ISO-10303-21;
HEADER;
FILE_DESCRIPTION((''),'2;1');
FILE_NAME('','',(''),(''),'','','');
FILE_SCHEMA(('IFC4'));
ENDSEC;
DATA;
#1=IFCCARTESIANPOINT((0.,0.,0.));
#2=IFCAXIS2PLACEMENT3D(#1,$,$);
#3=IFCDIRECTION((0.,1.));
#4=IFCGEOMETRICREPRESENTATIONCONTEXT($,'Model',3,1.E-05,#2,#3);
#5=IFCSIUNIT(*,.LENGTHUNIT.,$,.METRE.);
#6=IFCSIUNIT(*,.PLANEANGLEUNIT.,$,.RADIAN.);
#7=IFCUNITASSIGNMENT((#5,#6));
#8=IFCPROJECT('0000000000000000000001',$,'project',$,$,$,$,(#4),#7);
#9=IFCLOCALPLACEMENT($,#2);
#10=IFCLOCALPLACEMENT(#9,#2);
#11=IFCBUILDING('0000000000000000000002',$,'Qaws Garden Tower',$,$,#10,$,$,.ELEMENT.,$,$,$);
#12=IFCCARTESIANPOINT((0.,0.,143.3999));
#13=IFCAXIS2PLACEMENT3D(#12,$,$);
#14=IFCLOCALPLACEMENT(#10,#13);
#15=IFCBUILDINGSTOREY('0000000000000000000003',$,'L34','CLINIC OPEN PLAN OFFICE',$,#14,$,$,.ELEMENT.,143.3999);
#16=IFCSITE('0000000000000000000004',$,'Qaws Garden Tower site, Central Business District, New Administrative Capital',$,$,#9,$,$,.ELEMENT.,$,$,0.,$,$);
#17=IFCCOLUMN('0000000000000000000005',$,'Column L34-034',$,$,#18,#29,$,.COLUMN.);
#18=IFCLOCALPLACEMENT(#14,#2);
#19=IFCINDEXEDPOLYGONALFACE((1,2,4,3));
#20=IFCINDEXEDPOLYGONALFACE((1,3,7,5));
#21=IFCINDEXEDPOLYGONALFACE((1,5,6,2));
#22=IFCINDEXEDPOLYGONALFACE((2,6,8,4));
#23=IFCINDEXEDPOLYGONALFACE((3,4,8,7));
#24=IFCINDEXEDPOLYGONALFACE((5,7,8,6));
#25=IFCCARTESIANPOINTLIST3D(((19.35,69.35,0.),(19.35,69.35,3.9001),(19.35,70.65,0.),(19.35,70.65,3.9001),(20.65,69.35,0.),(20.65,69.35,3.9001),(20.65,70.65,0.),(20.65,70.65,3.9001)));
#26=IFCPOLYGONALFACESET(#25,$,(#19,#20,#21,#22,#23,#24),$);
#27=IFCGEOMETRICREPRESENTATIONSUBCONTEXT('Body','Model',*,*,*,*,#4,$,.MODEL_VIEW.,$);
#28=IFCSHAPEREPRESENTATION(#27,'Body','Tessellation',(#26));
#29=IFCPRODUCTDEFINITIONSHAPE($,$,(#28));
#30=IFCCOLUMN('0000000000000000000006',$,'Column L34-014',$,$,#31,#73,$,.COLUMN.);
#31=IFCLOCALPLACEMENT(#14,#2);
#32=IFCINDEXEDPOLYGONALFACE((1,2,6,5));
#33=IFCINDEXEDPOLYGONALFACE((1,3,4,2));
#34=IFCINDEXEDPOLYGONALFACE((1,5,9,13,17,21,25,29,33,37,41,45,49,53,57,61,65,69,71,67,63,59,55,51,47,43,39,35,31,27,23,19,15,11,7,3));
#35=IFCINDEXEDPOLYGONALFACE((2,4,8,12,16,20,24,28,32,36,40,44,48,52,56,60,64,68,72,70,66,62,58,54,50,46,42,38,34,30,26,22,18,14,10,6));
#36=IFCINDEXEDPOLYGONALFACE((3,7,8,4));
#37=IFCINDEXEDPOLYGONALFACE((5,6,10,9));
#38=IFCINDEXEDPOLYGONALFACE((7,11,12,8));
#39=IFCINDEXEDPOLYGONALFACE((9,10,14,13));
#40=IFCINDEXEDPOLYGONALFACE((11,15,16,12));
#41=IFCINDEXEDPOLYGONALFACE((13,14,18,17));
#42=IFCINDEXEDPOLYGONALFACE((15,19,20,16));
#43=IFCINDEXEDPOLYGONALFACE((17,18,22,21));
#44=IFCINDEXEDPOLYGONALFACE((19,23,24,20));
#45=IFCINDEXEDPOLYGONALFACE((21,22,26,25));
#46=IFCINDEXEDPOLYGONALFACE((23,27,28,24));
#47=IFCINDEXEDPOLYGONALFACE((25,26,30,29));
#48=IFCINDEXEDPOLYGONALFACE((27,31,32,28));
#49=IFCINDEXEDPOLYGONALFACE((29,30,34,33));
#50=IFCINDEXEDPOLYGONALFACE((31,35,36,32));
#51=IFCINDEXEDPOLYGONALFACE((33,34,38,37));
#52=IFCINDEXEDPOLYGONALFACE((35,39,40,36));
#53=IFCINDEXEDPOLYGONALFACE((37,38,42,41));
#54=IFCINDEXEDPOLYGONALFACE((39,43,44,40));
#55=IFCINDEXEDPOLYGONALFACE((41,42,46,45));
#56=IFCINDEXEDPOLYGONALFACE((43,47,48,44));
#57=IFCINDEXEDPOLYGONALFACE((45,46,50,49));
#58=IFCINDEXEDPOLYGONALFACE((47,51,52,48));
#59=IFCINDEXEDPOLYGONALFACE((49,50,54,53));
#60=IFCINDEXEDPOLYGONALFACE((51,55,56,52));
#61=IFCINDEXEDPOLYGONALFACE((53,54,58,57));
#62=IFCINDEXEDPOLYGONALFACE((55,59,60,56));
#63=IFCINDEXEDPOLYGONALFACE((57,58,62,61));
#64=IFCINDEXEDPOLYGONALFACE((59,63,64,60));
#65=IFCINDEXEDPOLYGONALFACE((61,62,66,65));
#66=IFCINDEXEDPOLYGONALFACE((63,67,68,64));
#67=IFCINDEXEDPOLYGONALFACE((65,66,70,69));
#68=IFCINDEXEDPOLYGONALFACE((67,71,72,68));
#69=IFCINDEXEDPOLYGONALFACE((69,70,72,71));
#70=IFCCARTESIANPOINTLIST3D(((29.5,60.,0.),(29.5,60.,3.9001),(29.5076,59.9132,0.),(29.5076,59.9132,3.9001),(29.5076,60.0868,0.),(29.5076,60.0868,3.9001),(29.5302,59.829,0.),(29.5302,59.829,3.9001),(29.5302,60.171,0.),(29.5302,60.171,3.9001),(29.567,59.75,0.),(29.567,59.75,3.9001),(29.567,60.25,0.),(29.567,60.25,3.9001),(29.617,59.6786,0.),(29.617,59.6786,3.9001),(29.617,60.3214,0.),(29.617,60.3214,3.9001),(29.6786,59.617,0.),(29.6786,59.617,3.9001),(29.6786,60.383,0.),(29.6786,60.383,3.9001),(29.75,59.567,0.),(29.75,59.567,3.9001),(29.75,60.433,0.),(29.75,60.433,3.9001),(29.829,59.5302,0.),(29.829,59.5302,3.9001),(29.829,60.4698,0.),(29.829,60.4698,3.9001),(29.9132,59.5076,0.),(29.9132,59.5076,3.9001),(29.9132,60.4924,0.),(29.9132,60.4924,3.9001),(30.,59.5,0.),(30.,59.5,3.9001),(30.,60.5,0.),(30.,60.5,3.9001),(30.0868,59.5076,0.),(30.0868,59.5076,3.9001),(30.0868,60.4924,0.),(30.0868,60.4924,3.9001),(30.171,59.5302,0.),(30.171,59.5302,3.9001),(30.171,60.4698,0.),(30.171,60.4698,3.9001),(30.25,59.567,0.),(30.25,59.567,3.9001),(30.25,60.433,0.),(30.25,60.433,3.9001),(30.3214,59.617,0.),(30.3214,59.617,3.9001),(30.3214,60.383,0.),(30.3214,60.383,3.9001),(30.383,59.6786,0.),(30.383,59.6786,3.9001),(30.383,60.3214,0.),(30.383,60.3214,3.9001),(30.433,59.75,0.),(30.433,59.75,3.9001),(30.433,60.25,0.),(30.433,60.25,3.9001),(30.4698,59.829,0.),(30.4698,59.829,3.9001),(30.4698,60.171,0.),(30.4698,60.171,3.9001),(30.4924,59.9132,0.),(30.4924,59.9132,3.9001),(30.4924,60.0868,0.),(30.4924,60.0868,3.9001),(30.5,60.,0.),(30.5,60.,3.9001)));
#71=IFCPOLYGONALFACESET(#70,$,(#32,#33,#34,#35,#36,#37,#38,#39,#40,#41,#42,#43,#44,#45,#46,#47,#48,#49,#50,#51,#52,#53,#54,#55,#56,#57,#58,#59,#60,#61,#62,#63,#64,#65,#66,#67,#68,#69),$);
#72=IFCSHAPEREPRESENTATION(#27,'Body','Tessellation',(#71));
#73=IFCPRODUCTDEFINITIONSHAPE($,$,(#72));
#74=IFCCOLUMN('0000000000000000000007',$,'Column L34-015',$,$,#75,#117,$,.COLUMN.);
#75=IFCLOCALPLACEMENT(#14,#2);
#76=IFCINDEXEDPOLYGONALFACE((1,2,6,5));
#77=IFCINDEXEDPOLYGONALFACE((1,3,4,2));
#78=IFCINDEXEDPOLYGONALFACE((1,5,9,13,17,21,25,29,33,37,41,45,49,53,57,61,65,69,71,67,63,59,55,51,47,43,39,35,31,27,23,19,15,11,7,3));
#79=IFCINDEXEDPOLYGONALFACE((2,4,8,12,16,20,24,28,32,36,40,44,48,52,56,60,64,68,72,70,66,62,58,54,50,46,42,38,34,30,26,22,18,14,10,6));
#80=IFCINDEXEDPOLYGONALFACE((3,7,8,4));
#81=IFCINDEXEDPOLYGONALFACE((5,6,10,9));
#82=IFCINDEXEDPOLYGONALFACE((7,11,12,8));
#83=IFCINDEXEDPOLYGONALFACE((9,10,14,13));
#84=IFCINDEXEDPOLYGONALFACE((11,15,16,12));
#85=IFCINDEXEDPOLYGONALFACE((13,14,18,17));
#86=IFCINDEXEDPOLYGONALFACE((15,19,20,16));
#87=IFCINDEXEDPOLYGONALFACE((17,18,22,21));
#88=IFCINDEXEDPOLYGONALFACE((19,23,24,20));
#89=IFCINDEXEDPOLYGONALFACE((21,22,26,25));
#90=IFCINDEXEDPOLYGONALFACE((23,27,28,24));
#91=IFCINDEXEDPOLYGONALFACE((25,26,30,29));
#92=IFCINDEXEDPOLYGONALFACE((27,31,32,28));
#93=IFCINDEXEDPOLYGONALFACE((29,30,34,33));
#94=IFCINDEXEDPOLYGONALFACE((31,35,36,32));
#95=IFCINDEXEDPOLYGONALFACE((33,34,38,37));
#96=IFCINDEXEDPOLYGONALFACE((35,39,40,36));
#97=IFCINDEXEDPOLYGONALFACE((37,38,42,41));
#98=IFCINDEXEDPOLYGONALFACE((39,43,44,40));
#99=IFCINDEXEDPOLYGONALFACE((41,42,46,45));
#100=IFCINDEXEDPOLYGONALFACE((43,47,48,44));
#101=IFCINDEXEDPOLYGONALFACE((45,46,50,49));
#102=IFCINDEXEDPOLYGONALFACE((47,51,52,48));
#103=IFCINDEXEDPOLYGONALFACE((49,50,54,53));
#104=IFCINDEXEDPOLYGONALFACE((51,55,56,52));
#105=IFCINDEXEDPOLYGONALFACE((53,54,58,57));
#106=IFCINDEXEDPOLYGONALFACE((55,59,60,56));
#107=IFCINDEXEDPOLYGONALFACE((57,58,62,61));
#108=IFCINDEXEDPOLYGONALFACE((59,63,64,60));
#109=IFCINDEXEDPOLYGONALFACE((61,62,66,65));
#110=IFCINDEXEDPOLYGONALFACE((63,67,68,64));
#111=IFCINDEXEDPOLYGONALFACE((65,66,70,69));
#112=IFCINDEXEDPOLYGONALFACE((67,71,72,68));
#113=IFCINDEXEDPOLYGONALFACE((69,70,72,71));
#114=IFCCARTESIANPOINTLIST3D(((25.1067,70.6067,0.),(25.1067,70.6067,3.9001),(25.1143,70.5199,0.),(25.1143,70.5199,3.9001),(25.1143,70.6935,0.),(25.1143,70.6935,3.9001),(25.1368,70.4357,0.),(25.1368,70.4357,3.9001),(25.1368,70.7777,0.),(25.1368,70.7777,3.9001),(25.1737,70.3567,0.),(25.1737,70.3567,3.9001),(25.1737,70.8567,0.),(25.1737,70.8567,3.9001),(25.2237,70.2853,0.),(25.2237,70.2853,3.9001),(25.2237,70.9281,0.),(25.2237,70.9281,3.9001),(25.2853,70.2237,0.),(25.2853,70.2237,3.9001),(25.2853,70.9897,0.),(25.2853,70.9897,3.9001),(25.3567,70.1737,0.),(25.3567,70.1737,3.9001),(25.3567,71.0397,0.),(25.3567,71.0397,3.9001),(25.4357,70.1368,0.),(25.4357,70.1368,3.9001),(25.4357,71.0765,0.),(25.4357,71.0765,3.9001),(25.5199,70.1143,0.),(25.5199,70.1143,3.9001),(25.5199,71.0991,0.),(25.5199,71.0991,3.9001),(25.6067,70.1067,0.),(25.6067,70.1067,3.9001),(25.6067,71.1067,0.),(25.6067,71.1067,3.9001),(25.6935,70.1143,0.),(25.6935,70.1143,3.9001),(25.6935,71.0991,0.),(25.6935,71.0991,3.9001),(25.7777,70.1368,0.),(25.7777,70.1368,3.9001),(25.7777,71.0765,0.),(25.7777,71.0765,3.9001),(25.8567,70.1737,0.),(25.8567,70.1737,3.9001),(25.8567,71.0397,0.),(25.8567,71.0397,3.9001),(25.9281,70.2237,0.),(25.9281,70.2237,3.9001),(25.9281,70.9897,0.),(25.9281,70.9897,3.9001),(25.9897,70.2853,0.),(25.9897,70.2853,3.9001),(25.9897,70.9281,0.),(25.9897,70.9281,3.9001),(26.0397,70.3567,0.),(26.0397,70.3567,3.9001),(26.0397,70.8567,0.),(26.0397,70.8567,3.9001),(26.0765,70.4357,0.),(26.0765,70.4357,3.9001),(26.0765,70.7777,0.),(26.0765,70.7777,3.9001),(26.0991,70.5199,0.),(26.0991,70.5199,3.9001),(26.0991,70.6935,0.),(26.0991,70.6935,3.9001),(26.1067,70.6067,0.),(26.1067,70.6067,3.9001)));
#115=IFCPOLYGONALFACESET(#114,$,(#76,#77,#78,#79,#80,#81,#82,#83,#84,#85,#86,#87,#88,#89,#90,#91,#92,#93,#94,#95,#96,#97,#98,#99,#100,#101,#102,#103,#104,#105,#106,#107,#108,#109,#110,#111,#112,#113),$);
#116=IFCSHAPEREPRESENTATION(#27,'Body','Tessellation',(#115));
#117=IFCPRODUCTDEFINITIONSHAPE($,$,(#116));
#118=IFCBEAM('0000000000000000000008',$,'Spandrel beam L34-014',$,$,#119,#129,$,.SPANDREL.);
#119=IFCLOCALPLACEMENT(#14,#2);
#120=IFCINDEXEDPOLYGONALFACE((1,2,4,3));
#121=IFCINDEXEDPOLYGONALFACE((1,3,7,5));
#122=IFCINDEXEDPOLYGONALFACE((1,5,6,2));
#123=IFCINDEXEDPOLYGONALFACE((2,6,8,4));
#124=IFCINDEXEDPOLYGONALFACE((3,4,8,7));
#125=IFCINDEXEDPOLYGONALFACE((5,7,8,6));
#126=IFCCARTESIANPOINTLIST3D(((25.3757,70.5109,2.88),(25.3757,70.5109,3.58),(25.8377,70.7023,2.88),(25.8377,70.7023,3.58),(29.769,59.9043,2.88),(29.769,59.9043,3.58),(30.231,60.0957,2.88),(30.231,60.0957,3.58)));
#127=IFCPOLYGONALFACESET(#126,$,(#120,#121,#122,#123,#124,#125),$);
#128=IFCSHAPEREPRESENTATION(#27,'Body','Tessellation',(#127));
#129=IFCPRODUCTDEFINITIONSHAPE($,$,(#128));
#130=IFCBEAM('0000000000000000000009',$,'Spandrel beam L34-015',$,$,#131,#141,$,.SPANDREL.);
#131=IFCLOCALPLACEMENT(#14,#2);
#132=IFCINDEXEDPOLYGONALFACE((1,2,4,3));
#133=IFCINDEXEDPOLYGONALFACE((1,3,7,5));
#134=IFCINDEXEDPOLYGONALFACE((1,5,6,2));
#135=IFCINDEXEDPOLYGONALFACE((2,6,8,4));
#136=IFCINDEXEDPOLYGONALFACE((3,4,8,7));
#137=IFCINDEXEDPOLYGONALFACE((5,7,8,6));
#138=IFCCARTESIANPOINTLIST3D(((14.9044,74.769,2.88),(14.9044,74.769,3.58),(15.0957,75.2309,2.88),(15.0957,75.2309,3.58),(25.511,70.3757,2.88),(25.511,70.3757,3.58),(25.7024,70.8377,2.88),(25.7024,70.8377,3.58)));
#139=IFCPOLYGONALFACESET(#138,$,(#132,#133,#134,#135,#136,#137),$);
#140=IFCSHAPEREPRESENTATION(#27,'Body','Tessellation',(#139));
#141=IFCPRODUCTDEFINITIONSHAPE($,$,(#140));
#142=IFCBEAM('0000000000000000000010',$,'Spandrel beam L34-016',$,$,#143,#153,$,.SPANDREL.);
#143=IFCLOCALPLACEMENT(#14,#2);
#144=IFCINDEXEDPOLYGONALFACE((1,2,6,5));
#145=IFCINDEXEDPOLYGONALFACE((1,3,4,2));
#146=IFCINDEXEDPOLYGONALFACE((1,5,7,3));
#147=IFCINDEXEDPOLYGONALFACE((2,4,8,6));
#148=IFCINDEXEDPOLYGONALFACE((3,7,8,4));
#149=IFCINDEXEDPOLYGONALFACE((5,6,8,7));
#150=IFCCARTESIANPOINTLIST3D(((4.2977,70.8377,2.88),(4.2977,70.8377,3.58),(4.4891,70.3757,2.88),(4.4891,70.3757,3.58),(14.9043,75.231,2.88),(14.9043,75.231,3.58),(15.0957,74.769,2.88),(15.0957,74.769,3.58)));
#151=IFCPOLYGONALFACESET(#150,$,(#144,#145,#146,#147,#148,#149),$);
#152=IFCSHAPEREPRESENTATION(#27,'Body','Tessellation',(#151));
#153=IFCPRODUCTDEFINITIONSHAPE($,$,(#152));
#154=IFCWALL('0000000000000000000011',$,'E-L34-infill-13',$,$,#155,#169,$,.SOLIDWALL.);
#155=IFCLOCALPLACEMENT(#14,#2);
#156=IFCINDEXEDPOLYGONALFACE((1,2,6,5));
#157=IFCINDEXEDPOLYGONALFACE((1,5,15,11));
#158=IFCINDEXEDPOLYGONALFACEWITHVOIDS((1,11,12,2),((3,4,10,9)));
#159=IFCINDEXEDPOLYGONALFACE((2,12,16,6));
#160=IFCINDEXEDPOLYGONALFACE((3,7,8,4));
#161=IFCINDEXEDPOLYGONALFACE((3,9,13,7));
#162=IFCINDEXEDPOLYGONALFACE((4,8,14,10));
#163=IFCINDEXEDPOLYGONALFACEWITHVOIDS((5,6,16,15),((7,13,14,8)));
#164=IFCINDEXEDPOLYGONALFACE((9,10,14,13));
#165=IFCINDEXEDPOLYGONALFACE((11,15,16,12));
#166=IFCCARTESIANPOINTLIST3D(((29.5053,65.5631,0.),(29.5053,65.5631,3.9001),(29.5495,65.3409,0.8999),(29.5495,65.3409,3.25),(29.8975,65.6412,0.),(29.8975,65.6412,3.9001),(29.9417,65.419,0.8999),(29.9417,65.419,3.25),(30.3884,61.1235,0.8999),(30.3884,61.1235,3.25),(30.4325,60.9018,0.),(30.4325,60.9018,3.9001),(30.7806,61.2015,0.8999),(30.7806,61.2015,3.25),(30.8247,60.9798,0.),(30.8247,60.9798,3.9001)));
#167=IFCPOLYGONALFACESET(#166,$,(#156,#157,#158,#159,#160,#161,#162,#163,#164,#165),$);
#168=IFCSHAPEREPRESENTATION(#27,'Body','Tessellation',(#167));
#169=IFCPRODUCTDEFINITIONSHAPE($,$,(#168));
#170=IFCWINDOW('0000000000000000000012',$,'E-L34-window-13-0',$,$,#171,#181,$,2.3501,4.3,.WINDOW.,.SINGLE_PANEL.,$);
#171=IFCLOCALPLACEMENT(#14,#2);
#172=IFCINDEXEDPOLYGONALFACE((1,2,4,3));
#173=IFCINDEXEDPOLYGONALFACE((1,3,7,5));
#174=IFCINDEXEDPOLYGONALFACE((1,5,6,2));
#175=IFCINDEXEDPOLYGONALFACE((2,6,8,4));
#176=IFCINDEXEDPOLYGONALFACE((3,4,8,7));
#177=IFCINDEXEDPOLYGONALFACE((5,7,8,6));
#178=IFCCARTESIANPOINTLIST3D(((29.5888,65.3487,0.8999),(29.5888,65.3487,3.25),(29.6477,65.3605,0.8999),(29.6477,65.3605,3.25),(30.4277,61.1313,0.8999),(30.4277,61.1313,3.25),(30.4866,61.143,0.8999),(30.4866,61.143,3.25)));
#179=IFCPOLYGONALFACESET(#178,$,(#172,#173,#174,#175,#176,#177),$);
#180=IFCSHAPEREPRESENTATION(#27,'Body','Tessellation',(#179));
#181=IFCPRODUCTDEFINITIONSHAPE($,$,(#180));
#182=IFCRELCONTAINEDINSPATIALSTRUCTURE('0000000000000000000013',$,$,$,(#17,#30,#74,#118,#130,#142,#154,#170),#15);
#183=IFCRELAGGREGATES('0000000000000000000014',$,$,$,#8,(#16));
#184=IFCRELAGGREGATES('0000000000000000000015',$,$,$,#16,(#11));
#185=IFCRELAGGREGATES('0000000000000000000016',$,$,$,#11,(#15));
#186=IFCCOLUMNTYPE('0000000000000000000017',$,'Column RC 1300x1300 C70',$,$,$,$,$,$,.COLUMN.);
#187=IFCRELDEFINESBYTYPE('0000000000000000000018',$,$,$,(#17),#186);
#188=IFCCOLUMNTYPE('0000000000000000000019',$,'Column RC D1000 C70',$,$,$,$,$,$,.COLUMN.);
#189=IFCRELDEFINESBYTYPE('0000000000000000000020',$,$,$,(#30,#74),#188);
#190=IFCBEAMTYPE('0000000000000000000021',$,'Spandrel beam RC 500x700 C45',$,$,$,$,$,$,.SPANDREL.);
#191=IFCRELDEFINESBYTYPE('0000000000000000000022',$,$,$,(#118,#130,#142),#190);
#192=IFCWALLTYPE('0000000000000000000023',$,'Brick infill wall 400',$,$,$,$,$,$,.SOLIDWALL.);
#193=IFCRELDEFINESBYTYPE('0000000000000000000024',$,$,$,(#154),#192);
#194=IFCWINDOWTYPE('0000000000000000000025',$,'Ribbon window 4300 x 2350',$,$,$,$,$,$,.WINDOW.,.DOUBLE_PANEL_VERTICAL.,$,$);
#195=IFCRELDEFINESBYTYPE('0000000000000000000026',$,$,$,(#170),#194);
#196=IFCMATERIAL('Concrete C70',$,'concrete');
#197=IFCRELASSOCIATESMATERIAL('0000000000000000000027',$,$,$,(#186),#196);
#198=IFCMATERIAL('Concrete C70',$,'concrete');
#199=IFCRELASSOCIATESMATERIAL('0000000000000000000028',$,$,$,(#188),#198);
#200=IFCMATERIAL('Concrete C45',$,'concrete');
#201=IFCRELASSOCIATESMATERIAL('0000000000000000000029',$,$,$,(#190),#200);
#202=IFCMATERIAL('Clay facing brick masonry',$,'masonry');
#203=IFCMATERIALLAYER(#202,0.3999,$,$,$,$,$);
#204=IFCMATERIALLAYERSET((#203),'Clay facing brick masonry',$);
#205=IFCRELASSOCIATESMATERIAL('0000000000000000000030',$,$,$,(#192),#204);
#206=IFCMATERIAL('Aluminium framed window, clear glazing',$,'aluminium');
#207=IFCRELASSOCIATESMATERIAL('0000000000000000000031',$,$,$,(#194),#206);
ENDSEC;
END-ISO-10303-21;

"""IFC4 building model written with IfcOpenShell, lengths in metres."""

from ifc_helpers import new_model, si_unit, direction, frame, frame_2d, origin, origin_2d, place, context, subcontext, project, spatial, rectangle, circle, extrude, material, layer, layer_set, material_profile, profile_set, type_object, element, fill, save


model = new_model("IFC4")

# Units and contexts
model_context = context("Model", 3, precision=1e-05, world=origin(), true_north=direction((0.0, 1.0)))
body_context = subcontext(model_context, "Body", "Model", "MODEL_VIEW")
ifc_project = project(units=[si_unit("LENGTHUNIT", "METRE"), si_unit("PLANEANGLEUNIT", "RADIAN")], contexts=[model_context])

# Site, building, storey
site_placement = place(None, origin())
site = spatial("IfcSite", under=ifc_project, at=site_placement, Name="Qaws Garden Tower site, Central Business District, New Administrative Capital", CompositionType="ELEMENT", RefElevation=0.0)
building_placement = place(site_placement, origin())
building = spatial("IfcBuilding", under=site, at=building_placement, Name="Qaws Garden Tower", CompositionType="ELEMENT")
storey_placement = place(building_placement, frame((0.0, 0.0, 143.3999)))
storey = spatial("IfcBuildingStorey", under=building, at=storey_placement, Name="L34", Description="CLINIC OPEN PLAN OFFICE", CompositionType="ELEMENT", Elevation=143.3999)

# Columns
ifc_material_1 = material(Name="Concrete C70", Category="concrete")
ifc_material_profile_1 = material_profile(ifc_material_1, rectangle(XDim=1.3, YDim=1.3, at=origin_2d()), Name="RC 1300x1300")
ifc_profile_set_1 = profile_set([ifc_material_profile_1], Name="Concrete C70")
column_type_1 = type_object("IfcColumnType", Name="Column RC 1300x1300 C70", PredefinedType="COLUMN", material=ifc_profile_set_1)
column_placement = place(storey_placement, frame((20.0, 70.0, 0.0), z_axis=(0.0, 0.0, 1.0), x_axis=(1.0, 0.0, 0.0)))
element("IfcColumn", 1, at=column_placement, inside=storey, type_object=column_type_1, Name="Column L34-034", PredefinedType="COLUMN", context=body_context, shape_type="SweptSolid", body=[
    extrude(rectangle(XDim=1.3, YDim=1.3, at=origin_2d()), origin(), (0.0, 0.0, 1.0), 3.9001),
])
ifc_material_2 = material(Name="Concrete C70", Category="concrete")
ifc_material_profile_2 = material_profile(ifc_material_2, circle(Radius=0.5, at=origin_2d()), Name="RC D1000")
ifc_profile_set_2 = profile_set([ifc_material_profile_2], Name="Concrete C70")
column_type_2 = type_object("IfcColumnType", Name="Column RC D1000 C70", PredefinedType="COLUMN", material=ifc_profile_set_2)
for number, where, z_axis, x_axis, name in (
    (2, (30.0, 60.0, 0.0), (0.0, 0.0, 1.0), (1.0, 0.0, 0.0), "Column L34-014"),
    (3, (25.6067, 70.6067, 0.0), (0.0, 0.0, 1.0), (1.0, 0.0, 0.0), "Column L34-015"),
):
    element("IfcColumn", number, at=place(storey_placement, frame(where, z_axis=z_axis, x_axis=x_axis)), inside=storey, type_object=column_type_2, Name=name, PredefinedType="COLUMN", context=body_context, shape_type="SweptSolid", body=[
        extrude(circle(Radius=0.5, at=origin_2d()), origin(), (0.0, 0.0, 1.0), 3.9001),
    ])

# Beams
ifc_material_3 = material(Name="Concrete C45", Category="concrete")
ifc_material_profile_3 = material_profile(ifc_material_3, rectangle(XDim=0.5, YDim=0.7, at=origin_2d()), Name="RC 500x700")
ifc_profile_set_3 = profile_set([ifc_material_profile_3], Name="Concrete C45")
beam_type = type_object("IfcBeamType", Name="Spandrel beam RC 500x700 C45", PredefinedType="SPANDREL", material=ifc_profile_set_3)
for number, where, z_axis, x_axis, name in (
    (4, (30.0, 60.0, 3.23), (-0.382674, 0.923883, 0.0), (-0.923883, -0.382674, 0.0), "Spandrel beam L34-014"),
    (5, (25.6067, 70.6067, 3.23), (-0.923883, 0.382674, 0.0), (-0.382674, -0.923883, 0.0), "Spandrel beam L34-015"),
    (6, (15.0, 75.0, 3.23), (-0.923883, -0.382674, 0.0), (0.382674, -0.923883, 0.0), "Spandrel beam L34-016"),
):
    element("IfcBeam", number, at=place(storey_placement, frame(where, z_axis=z_axis, x_axis=x_axis)), inside=storey, type_object=beam_type, Name=name, PredefinedType="SPANDREL", context=body_context, shape_type="SweptSolid", body=[
        extrude(rectangle(XDim=0.5, YDim=0.7, at=origin_2d()), origin(), (0.0, 0.0, 1.0), 11.4805),
    ])

# Wall, opening, window
ifc_material_4 = material(Name="Clay facing brick masonry", Category="masonry")
ifc_layer_1 = layer(ifc_material_4, 0.3999)
ifc_layer_set_1 = layer_set([ifc_layer_1], Name="Clay facing brick masonry")
wall_type_1 = type_object("IfcWallType", Name="Brick infill wall 400", PredefinedType="SOLIDWALL", material=ifc_layer_set_1)
wall_1_placement = place(storey_placement, frame((30.6287, 60.9407, 0.0), z_axis=(0.0, 0.0, 1.0), x_axis=(-0.195099, 0.980784, 0.0)))
wall_1 = element("IfcWall", 7, at=wall_1_placement, inside=storey, type_object=wall_type_1, Name="E-L34-infill-13", PredefinedType="SOLIDWALL", context=body_context, shape_type="SweptSolid", body=[
    extrude(rectangle(XDim=4.7527, YDim=0.3999, at=frame_2d((2.3765, 0.0))), origin(), (0.0, 0.0, 1.0), 3.9001),
])
opening_1_placement = place(wall_1_placement, frame((0.2263, 0.0, 0.8999)))
opening_1 = element("IfcOpeningElement", 8, at=opening_1_placement, cuts=wall_1, PredefinedType="OPENING", context=body_context, shape_type="SweptSolid", body=[
    extrude(rectangle(XDim=4.3, YDim=2.3501, at=frame_2d((2.1499, 1.175))), frame((0.0, 0.21, 0.0), z_axis=(0.0, -1.0, 0.0), x_axis=(1.0, 0.0, 0.0)), (0.0, 0.0, 1.0), 0.4199),
])
ifc_material_5 = material(Name="Aluminium framed window, clear glazing", Category="aluminium")
window_type = type_object("IfcWindowType", Name="Ribbon window 4300 x 2350", PartitioningType="DOUBLE_PANEL_VERTICAL", PredefinedType="WINDOW", material=ifc_material_5)
window_1_placement = place(opening_1_placement, origin())
window_1 = element("IfcWindow", 9, at=window_1_placement, inside=storey, type_object=window_type, Name="E-L34-window-13-0", OverallHeight=2.3501, OverallWidth=4.3, PartitioningType="SINGLE_PANEL", PredefinedType="WINDOW", context=body_context, shape_type="SweptSolid", body=[
    extrude(rectangle(XDim=4.3, YDim=2.3501, at=frame_2d((2.1499, 1.175))), frame((0.0, 0.1599, 0.0), z_axis=(0.0, -1.0, 0.0), x_axis=(1.0, 0.0, 0.0)), (0.0, 0.0, 1.0), 0.0601),
])
fill(opening_1, window_1)

save(model, "model.ifc")
